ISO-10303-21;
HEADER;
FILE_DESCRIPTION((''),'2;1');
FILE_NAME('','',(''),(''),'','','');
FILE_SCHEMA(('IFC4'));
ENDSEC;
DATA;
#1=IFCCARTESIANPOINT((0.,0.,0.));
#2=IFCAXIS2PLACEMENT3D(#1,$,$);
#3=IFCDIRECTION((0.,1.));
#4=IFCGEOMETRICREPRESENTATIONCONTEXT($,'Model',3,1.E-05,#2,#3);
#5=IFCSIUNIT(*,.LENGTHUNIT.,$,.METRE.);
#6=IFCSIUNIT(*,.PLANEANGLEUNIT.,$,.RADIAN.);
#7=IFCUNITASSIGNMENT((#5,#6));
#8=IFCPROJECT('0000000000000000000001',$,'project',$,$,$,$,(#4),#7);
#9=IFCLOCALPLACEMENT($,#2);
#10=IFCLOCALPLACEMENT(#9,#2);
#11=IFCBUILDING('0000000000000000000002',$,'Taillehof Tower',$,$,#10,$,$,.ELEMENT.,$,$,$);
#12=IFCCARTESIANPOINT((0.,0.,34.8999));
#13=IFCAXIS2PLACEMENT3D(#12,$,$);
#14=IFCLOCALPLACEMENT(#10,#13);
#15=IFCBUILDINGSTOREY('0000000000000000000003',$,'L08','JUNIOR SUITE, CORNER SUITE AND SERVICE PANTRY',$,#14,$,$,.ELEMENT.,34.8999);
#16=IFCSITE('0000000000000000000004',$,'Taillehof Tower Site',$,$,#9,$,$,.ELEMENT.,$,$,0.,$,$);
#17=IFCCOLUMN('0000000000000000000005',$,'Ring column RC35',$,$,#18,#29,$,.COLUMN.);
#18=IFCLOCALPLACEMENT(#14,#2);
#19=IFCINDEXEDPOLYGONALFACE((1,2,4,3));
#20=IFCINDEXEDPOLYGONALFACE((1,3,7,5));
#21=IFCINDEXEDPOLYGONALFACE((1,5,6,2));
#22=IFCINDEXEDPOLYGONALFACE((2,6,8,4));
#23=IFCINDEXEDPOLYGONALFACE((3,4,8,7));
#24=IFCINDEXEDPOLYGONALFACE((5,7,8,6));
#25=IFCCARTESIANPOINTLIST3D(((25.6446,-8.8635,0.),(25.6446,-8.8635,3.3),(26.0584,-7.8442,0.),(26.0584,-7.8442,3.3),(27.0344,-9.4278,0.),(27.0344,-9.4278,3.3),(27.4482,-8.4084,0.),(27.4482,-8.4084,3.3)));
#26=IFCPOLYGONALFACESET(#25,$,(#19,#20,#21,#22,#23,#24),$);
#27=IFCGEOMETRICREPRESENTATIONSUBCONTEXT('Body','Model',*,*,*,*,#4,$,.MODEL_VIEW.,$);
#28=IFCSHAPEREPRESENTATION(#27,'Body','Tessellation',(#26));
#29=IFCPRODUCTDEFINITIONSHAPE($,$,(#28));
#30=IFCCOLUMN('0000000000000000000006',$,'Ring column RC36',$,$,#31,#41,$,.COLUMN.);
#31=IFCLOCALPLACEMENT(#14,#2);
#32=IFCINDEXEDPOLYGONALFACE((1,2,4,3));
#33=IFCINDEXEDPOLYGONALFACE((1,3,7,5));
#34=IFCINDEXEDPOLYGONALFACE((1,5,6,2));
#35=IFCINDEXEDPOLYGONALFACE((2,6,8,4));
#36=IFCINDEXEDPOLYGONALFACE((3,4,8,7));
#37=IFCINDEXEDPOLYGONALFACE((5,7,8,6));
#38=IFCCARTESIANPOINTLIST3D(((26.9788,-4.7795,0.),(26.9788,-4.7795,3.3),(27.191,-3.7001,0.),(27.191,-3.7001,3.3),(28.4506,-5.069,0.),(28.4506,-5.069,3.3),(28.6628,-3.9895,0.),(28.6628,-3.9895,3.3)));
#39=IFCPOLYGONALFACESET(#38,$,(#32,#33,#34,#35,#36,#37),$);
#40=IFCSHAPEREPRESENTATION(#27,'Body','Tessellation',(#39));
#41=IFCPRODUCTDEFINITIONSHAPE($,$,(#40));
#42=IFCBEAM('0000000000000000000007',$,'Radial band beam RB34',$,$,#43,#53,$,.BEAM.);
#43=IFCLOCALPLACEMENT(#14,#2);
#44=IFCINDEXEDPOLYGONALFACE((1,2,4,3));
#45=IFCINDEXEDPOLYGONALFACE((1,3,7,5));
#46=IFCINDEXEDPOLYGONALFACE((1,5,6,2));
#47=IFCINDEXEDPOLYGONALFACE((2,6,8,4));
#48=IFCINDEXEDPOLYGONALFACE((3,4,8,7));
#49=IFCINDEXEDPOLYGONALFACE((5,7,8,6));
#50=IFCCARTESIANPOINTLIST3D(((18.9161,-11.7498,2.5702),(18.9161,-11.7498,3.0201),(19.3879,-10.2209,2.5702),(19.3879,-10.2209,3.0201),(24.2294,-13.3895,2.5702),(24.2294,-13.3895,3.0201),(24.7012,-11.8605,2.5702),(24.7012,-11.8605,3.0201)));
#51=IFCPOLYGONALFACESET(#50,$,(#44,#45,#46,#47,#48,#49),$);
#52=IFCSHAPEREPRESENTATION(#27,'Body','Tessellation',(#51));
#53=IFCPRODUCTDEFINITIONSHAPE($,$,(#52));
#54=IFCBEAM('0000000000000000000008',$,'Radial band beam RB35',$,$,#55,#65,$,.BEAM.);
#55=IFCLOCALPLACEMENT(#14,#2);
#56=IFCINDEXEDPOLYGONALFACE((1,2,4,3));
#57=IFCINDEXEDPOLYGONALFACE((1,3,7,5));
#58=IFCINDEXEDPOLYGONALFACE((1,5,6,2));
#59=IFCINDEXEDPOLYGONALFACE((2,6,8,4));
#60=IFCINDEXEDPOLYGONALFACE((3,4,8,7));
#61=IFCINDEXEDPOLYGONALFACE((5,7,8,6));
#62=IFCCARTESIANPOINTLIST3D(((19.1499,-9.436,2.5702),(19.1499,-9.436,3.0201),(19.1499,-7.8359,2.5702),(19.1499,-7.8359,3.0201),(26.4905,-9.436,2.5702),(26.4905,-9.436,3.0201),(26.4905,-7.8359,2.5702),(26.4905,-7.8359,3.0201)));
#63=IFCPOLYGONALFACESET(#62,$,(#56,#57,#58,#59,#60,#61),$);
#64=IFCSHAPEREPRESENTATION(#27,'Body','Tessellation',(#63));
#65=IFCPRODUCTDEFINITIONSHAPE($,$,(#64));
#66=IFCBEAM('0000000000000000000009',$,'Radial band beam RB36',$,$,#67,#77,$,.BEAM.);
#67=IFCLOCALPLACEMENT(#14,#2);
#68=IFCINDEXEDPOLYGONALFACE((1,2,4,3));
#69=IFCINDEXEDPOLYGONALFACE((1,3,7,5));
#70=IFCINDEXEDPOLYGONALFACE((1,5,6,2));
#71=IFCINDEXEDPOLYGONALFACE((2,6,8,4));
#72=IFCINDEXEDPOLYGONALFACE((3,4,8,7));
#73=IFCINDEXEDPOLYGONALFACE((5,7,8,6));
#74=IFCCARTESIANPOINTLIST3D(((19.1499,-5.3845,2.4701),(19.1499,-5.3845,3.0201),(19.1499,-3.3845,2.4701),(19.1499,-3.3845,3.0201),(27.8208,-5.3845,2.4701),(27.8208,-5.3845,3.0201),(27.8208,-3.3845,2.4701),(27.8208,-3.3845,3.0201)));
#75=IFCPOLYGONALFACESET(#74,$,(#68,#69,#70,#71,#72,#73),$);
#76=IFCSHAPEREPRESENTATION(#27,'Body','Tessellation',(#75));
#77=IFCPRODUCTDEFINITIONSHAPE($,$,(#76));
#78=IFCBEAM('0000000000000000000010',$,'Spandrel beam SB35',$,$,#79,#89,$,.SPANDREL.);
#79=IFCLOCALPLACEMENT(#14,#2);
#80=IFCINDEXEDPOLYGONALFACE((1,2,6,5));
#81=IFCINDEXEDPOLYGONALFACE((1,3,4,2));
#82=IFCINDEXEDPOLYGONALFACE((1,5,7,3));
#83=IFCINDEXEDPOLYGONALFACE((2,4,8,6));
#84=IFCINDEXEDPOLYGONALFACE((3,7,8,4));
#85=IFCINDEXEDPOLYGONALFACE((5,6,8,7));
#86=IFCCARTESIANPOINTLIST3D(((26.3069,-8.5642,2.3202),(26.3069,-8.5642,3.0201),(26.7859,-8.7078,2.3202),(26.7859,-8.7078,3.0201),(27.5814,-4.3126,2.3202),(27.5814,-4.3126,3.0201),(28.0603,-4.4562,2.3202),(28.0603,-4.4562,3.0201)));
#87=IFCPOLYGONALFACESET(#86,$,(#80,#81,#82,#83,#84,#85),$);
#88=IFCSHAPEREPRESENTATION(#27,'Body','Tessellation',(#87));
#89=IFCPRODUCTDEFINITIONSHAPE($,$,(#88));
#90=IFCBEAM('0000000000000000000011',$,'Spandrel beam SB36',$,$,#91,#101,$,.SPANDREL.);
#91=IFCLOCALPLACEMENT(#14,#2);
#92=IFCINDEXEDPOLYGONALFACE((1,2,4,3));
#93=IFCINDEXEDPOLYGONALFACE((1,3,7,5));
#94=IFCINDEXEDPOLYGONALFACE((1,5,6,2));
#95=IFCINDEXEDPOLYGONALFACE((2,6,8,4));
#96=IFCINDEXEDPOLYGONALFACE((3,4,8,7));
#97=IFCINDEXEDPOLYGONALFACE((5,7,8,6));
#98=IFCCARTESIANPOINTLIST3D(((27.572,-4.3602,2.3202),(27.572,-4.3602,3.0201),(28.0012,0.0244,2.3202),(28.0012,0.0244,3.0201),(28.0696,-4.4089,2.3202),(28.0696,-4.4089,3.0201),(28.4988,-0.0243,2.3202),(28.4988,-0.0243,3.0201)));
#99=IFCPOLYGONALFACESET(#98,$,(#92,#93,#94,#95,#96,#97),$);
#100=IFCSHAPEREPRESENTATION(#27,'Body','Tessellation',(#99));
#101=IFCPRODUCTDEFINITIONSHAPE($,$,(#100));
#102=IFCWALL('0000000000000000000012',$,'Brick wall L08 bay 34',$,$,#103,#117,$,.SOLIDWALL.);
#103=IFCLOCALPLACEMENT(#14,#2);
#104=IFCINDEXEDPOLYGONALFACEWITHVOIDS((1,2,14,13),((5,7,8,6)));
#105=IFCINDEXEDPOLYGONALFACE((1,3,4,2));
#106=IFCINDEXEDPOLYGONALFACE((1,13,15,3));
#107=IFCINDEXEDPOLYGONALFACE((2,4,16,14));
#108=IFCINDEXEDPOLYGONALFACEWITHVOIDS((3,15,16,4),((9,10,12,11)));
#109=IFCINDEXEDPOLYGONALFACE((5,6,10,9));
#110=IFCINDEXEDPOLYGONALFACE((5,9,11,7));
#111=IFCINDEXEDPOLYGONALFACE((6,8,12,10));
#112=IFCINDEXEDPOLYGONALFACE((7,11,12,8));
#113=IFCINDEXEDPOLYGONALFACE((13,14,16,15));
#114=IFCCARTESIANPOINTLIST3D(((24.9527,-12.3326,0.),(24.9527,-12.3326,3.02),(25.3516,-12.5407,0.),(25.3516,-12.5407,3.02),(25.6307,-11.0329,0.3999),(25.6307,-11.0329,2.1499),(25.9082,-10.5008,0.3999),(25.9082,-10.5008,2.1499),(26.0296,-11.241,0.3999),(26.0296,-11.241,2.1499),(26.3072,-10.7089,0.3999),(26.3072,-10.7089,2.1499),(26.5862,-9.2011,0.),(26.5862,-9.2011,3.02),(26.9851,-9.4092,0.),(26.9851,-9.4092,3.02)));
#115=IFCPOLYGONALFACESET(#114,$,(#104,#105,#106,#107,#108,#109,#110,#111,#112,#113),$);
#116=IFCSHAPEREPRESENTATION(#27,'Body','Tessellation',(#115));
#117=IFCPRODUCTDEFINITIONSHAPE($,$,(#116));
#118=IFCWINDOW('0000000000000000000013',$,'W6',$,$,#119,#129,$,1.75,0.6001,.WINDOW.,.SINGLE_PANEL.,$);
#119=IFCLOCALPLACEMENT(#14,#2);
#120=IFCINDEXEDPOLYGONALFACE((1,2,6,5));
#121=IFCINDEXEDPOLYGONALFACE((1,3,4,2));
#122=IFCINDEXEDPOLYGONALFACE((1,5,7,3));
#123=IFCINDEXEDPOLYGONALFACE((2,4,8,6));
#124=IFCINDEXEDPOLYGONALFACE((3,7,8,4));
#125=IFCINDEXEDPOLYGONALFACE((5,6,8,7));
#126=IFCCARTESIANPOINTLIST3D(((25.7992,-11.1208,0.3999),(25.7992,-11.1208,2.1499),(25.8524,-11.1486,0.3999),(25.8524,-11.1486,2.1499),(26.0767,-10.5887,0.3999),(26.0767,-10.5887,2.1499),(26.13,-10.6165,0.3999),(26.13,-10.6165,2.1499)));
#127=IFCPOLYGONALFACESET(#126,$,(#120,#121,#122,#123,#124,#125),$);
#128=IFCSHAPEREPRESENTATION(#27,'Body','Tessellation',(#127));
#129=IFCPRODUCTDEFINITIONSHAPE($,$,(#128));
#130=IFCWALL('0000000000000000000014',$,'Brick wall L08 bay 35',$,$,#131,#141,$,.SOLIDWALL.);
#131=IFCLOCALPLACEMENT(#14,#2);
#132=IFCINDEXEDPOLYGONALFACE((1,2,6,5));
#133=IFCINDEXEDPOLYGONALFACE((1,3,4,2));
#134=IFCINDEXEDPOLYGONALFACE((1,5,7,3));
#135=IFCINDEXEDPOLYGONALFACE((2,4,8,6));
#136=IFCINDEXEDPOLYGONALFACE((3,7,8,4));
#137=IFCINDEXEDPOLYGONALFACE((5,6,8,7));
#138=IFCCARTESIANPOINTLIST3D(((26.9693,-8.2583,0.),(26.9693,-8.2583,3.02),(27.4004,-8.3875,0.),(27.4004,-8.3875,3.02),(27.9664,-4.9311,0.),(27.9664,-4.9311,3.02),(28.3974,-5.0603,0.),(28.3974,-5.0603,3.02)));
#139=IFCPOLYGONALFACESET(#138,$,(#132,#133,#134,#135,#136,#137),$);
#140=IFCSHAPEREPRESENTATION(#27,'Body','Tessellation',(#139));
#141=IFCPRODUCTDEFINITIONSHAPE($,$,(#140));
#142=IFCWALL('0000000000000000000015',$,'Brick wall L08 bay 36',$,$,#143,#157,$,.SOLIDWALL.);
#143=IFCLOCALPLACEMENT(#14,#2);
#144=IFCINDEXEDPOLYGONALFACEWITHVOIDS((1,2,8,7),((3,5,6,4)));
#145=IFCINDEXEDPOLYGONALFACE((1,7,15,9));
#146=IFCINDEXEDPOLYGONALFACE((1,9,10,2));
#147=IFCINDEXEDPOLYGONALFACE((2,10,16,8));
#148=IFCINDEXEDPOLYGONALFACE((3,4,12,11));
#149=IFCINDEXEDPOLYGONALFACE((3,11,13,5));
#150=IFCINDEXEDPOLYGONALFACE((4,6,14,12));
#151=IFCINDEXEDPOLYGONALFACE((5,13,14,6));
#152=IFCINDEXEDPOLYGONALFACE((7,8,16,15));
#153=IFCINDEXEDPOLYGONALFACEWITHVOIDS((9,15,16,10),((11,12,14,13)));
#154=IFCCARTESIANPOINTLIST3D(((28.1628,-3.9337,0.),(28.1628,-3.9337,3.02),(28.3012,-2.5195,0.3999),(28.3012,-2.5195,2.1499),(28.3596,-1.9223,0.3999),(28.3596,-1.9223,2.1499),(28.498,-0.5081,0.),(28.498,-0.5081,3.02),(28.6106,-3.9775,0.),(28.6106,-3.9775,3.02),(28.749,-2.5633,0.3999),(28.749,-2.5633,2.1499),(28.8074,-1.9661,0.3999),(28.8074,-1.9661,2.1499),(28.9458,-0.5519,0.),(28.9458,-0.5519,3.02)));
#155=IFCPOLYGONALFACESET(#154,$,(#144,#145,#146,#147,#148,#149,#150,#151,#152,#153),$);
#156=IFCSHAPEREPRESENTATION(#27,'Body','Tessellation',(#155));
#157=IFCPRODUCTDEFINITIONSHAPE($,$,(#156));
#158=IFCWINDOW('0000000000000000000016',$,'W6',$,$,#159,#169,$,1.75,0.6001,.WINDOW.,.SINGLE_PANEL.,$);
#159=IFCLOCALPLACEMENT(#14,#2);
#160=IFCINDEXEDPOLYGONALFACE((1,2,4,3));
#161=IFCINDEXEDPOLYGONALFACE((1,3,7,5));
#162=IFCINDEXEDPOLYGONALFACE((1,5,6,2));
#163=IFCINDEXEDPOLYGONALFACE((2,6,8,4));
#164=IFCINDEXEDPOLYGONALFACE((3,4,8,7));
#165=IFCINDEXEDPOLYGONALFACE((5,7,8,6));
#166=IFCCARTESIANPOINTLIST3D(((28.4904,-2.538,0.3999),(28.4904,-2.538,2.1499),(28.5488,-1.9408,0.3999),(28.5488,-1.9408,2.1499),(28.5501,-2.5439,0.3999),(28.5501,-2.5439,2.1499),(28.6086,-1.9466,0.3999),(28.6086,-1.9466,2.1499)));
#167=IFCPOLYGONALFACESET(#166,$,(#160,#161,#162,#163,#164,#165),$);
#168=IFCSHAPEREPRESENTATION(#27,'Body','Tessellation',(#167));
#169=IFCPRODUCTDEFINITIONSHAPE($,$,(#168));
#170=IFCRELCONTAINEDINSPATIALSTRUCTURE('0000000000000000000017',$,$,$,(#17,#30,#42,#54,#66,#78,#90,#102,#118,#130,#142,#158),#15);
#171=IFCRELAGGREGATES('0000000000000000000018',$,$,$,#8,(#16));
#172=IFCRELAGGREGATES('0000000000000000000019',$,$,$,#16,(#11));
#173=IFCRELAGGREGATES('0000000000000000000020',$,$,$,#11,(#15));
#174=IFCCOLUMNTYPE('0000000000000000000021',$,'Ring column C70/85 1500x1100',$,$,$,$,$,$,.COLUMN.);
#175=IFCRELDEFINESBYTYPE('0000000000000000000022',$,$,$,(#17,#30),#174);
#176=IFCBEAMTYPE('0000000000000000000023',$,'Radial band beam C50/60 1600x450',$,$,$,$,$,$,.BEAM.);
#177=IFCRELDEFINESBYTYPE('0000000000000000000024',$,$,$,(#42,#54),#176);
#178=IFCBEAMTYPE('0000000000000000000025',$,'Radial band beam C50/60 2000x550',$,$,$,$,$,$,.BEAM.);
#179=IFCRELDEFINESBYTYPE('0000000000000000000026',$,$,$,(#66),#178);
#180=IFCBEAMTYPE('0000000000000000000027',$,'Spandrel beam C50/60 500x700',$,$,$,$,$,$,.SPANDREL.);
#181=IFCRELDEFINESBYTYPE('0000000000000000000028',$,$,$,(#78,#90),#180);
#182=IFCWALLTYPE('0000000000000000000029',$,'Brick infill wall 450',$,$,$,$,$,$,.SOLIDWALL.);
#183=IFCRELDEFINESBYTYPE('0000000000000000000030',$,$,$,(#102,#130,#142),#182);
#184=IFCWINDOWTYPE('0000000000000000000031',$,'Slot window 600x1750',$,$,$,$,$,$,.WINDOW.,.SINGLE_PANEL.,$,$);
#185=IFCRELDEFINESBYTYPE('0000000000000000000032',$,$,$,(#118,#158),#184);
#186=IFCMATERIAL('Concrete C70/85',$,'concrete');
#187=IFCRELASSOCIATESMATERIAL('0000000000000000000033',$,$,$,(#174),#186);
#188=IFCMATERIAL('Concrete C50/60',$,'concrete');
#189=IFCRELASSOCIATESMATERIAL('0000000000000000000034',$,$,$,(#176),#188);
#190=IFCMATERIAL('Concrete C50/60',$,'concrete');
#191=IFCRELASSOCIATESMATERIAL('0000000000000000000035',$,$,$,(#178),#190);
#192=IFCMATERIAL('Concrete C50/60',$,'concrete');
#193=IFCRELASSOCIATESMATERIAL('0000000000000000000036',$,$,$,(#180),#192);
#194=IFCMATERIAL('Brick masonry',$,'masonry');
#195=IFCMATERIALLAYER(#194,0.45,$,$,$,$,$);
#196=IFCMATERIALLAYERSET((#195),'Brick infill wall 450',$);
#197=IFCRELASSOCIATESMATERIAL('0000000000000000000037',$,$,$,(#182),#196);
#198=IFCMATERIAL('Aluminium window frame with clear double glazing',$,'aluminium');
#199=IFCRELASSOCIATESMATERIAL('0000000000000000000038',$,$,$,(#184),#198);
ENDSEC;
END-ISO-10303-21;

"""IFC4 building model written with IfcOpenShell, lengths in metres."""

from ifc_helpers import new_model, si_unit, direction, frame, frame_2d, origin, origin_2d, place, context, subcontext, project, spatial, rectangle, extrude, material, layer, layer_set, material_profile, profile_set, type_object, element, fill, save


model = new_model("IFC4")

# Units and contexts
model_context = context("Model", 3, precision=1e-05, world=origin(), true_north=direction((0.0, 1.0)))
body_context = subcontext(model_context, "Body", "Model", "MODEL_VIEW")
ifc_project = project(units=[si_unit("LENGTHUNIT", "METRE"), si_unit("PLANEANGLEUNIT", "RADIAN")], contexts=[model_context])

# Site, building, storey
site_placement = place(None, origin())
site = spatial("IfcSite", under=ifc_project, at=site_placement, Name="Taillehof Tower Site", CompositionType="ELEMENT", RefElevation=0.0)
building_placement = place(site_placement, origin())
building = spatial("IfcBuilding", under=site, at=building_placement, Name="Taillehof Tower", CompositionType="ELEMENT")
storey_placement = place(building_placement, frame((0.0, 0.0, 34.8999)))
storey = spatial("IfcBuildingStorey", under=building, at=storey_placement, Name="L08", Description="JUNIOR SUITE, CORNER SUITE AND SERVICE PANTRY", CompositionType="ELEMENT", Elevation=34.8999)

# Columns
ifc_material_1 = material(Name="Concrete C70/85", Category="concrete")
ifc_material_profile_1 = material_profile(ifc_material_1, rectangle(XDim=1.5, YDim=1.1001, at=origin_2d()), Name="RC 1500x1100")
ifc_profile_set_1 = profile_set([ifc_material_profile_1], Name="Concrete C70/85")
column_type = type_object("IfcColumnType", Name="Ring column C70/85 1500x1100", PredefinedType="COLUMN", material=ifc_profile_set_1)
for number, where, z_axis, x_axis, name in (
    (1, (26.5464, -8.636, 0.0), (0.0, 0.0, 1.0), (0.926558, -0.376152, 0.0), "Ring column RC35"),
    (2, (27.8208, -4.3845, 0.0), (0.0, 0.0, 1.0), (0.981204, -0.192976, 0.0), "Ring column RC36"),
):
    element("IfcColumn", number, at=place(storey_placement, frame(where, z_axis=z_axis, x_axis=x_axis)), inside=storey, type_object=column_type, Name=name, PredefinedType="COLUMN", context=body_context, shape_type="SweptSolid", body=[
        extrude(rectangle(XDim=1.5, YDim=1.1001, at=origin_2d()), origin(), (0.0, 0.0, 1.0), 3.3),
    ])

# Beams
ifc_material_2 = material(Name="Concrete C50/60", Category="concrete")
ifc_material_profile_2 = material_profile(ifc_material_2, rectangle(XDim=1.6001, YDim=0.45, at=origin_2d()), Name="RC 1600x450")
ifc_profile_set_2 = profile_set([ifc_material_profile_2], Name="Concrete C50/60")
beam_type_1 = type_object("IfcBeamType", Name="Radial band beam C50/60 1600x450", PredefinedType="BEAM", material=ifc_profile_set_2)
beam_1_placement = place(storey_placement, frame((24.4653, -12.625, 2.7952), z_axis=(-0.955536, 0.294876, 0.0), x_axis=(-0.294876, -0.955536, 0.0)))
element("IfcBeam", 3, at=beam_1_placement, inside=storey, type_object=beam_type_1, Name="Radial band beam RB34", PredefinedType="BEAM", context=body_context, shape_type="SweptSolid", body=[
    extrude(rectangle(XDim=1.6001, YDim=0.45, at=origin_2d()), origin(), (0.0, 0.0, 1.0), 5.5605),
])
beam_2_placement = place(storey_placement, frame((26.4905, -8.636, 2.7952), z_axis=(-1.0, 0.0, 0.0), x_axis=(0.0, -1.0, 0.0)))
element("IfcBeam", 4, at=beam_2_placement, inside=storey, type_object=beam_type_1, Name="Radial band beam RB35", PredefinedType="BEAM", context=body_context, shape_type="SweptSolid", body=[
    extrude(rectangle(XDim=1.6001, YDim=0.45, at=origin_2d()), origin(), (0.0, 0.0, 1.0), 7.3406),
])
ifc_material_3 = material(Name="Concrete C50/60", Category="concrete")
ifc_material_profile_3 = material_profile(ifc_material_3, rectangle(XDim=2.0, YDim=0.55, at=origin_2d()), Name="RC 2000x550")
ifc_profile_set_3 = profile_set([ifc_material_profile_3], Name="Concrete C50/60")
beam_type_2 = type_object("IfcBeamType", Name="Radial band beam C50/60 2000x550", PredefinedType="BEAM", material=ifc_profile_set_3)
beam_3_placement = place(storey_placement, frame((27.8208, -4.3845, 2.7451), z_axis=(-1.0, 0.0, 0.0), x_axis=(0.0, -1.0, 0.0)))
element("IfcBeam", 5, at=beam_3_placement, inside=storey, type_object=beam_type_2, Name="Radial band beam RB36", PredefinedType="BEAM", context=body_context, shape_type="SweptSolid", body=[
    extrude(rectangle(XDim=2.0, YDim=0.55, at=origin_2d()), origin(), (0.0, 0.0, 1.0), 8.6709),
])
ifc_material_4 = material(Name="Concrete C50/60", Category="concrete")
ifc_material_profile_4 = material_profile(ifc_material_4, rectangle(XDim=0.5, YDim=0.7, at=origin_2d()), Name="RC 500x700")
ifc_profile_set_4 = profile_set([ifc_material_profile_4], Name="Concrete C50/60")
beam_type_3 = type_object("IfcBeamType", Name="Spandrel beam C50/60 500x700", PredefinedType="SPANDREL", material=ifc_profile_set_4)
beam_4_placement = place(storey_placement, frame((26.5464, -8.636, 2.6702), z_axis=(0.287136, 0.95789, 0.0), x_axis=(-0.95789, 0.287136, 0.0)))
element("IfcBeam", 6, at=beam_4_placement, inside=storey, type_object=beam_type_3, Name="Spandrel beam SB35", PredefinedType="SPANDREL", context=body_context, shape_type="SweptSolid", body=[
    extrude(rectangle(XDim=0.5, YDim=0.7, at=origin_2d()), origin(), (0.0, 0.0, 1.0), 4.4385),
])
beam_5_placement = place(storey_placement, frame((27.8208, -4.3845, 2.6702), z_axis=(0.097424, 0.995243, 0.0), x_axis=(-0.995243, 0.097424, 0.0)))
element("IfcBeam", 7, at=beam_5_placement, inside=storey, type_object=beam_type_3, Name="Spandrel beam SB36", PredefinedType="SPANDREL", context=body_context, shape_type="SweptSolid", body=[
    extrude(rectangle(XDim=0.5, YDim=0.7, at=origin_2d()), origin(), (0.0, 0.0, 1.0), 4.4055),
])

# Wall, opening, window
ifc_material_5 = material(Name="Brick masonry", Category="masonry")
ifc_layer_1 = layer(ifc_material_5, 0.45)
ifc_layer_set_1 = layer_set([ifc_layer_1], Name="Brick infill wall 450")
wall_type_1 = type_object("IfcWallType", Name="Brick infill wall 450", PredefinedType="SOLIDWALL", material=ifc_layer_set_1)
wall_1_placement = place(storey_placement, frame((25.1521, -12.4368, 0.0), z_axis=(0.0, 0.0, 1.0), x_axis=(0.462493, 0.886623, 0.0)))
wall_1 = element("IfcWall", 8, at=wall_1_placement, inside=storey, type_object=wall_type_1, Name="Brick wall L08 bay 34", PredefinedType="SOLIDWALL", context=body_context, shape_type="SweptSolid", body=[
    extrude(rectangle(XDim=3.532, YDim=0.45, at=frame_2d((1.7661, 0.0))), origin(), (0.0, 0.0, 1.0), 3.02),
])
opening_1_placement = place(wall_1_placement, frame((1.4661, 0.0, 0.3999)))
opening_1 = element("IfcOpeningElement", 9, at=opening_1_placement, cuts=wall_1, PredefinedType="OPENING", context=body_context, shape_type="SweptSolid", body=[
    extrude(rectangle(XDim=0.6001, YDim=1.75, at=frame_2d((0.3, 0.875))), frame((0.0, 0.2349, 0.0), z_axis=(0.0, -1.0, 0.0), x_axis=(1.0, 0.0, 0.0)), (0.0, 0.0, 1.0), 0.47),
])
ifc_material_6 = material(Name="Aluminium window frame with clear double glazing", Category="aluminium")
window_type = type_object("IfcWindowType", Name="Slot window 600x1750", PartitioningType="SINGLE_PANEL", PredefinedType="WINDOW", material=ifc_material_6)
window_1_placement = place(opening_1_placement, origin())
window_1 = element("IfcWindow", 10, at=window_1_placement, inside=storey, type_object=window_type, Name="W6", OverallHeight=1.75, OverallWidth=0.6001, PartitioningType="SINGLE_PANEL", PredefinedType="WINDOW", context=body_context, shape_type="SweptSolid", body=[
    extrude(rectangle(XDim=0.6001, YDim=1.75, at=frame_2d((0.3, 0.875))), frame((0.0, 0.0349, 0.0), z_axis=(0.0, -1.0, 0.0), x_axis=(1.0, 0.0, 0.0)), (0.0, 0.0, 1.0), 0.0601),
])
fill(opening_1, window_1)

# Wall
wall_2_placement = place(storey_placement, frame((27.1848, -8.323, 0.0), z_axis=(0.0, 0.0, 1.0), x_axis=(0.287064, 0.957911, 0.0)))
element("IfcWall", 11, at=wall_2_placement, inside=storey, type_object=wall_type_1, Name="Brick wall L08 bay 35", PredefinedType="SOLIDWALL", context=body_context, shape_type="SweptSolid", body=[
    extrude(rectangle(XDim=3.4734, YDim=0.45, at=frame_2d((1.7368, 0.0))), origin(), (0.0, 0.0, 1.0), 3.02),
])

# Wall, opening, window
wall_3_placement = place(storey_placement, frame((28.3867, -3.9556, 0.0), z_axis=(0.0, 0.0, 1.0), x_axis=(0.09739, 0.995246, 0.0)))
wall_3 = element("IfcWall", 12, at=wall_3_placement, inside=storey, type_object=wall_type_1, Name="Brick wall L08 bay 36", PredefinedType="SOLIDWALL", context=body_context, shape_type="SweptSolid", body=[
    extrude(rectangle(XDim=3.4419, YDim=0.45, at=frame_2d((1.7209, 0.0))), origin(), (0.0, 0.0, 1.0), 3.02),
])
opening_2_placement = place(wall_3_placement, frame((1.4209, 0.0, 0.3999)))
opening_2 = element("IfcOpeningElement", 13, at=opening_2_placement, cuts=wall_3, PredefinedType="OPENING", context=body_context, shape_type="SweptSolid", body=[
    extrude(rectangle(XDim=0.6001, YDim=1.75, at=frame_2d((0.3, 0.875))), frame((0.0, 0.2349, 0.0), z_axis=(0.0, -1.0, 0.0), x_axis=(1.0, 0.0, 0.0)), (0.0, 0.0, 1.0), 0.47),
])
window_2_placement = place(opening_2_placement, origin())
window_2 = element("IfcWindow", 14, at=window_2_placement, inside=storey, type_object=window_type, Name="W6", OverallHeight=1.75, OverallWidth=0.6001, PartitioningType="SINGLE_PANEL", PredefinedType="WINDOW", context=body_context, shape_type="SweptSolid", body=[
    extrude(rectangle(XDim=0.6001, YDim=1.75, at=frame_2d((0.3, 0.875))), frame((0.0, 0.0349, 0.0), z_axis=(0.0, -1.0, 0.0), x_axis=(1.0, 0.0, 0.0)), (0.0, 0.0, 1.0), 0.0601),
])
fill(opening_2, window_2)

save(model, "model.ifc")
